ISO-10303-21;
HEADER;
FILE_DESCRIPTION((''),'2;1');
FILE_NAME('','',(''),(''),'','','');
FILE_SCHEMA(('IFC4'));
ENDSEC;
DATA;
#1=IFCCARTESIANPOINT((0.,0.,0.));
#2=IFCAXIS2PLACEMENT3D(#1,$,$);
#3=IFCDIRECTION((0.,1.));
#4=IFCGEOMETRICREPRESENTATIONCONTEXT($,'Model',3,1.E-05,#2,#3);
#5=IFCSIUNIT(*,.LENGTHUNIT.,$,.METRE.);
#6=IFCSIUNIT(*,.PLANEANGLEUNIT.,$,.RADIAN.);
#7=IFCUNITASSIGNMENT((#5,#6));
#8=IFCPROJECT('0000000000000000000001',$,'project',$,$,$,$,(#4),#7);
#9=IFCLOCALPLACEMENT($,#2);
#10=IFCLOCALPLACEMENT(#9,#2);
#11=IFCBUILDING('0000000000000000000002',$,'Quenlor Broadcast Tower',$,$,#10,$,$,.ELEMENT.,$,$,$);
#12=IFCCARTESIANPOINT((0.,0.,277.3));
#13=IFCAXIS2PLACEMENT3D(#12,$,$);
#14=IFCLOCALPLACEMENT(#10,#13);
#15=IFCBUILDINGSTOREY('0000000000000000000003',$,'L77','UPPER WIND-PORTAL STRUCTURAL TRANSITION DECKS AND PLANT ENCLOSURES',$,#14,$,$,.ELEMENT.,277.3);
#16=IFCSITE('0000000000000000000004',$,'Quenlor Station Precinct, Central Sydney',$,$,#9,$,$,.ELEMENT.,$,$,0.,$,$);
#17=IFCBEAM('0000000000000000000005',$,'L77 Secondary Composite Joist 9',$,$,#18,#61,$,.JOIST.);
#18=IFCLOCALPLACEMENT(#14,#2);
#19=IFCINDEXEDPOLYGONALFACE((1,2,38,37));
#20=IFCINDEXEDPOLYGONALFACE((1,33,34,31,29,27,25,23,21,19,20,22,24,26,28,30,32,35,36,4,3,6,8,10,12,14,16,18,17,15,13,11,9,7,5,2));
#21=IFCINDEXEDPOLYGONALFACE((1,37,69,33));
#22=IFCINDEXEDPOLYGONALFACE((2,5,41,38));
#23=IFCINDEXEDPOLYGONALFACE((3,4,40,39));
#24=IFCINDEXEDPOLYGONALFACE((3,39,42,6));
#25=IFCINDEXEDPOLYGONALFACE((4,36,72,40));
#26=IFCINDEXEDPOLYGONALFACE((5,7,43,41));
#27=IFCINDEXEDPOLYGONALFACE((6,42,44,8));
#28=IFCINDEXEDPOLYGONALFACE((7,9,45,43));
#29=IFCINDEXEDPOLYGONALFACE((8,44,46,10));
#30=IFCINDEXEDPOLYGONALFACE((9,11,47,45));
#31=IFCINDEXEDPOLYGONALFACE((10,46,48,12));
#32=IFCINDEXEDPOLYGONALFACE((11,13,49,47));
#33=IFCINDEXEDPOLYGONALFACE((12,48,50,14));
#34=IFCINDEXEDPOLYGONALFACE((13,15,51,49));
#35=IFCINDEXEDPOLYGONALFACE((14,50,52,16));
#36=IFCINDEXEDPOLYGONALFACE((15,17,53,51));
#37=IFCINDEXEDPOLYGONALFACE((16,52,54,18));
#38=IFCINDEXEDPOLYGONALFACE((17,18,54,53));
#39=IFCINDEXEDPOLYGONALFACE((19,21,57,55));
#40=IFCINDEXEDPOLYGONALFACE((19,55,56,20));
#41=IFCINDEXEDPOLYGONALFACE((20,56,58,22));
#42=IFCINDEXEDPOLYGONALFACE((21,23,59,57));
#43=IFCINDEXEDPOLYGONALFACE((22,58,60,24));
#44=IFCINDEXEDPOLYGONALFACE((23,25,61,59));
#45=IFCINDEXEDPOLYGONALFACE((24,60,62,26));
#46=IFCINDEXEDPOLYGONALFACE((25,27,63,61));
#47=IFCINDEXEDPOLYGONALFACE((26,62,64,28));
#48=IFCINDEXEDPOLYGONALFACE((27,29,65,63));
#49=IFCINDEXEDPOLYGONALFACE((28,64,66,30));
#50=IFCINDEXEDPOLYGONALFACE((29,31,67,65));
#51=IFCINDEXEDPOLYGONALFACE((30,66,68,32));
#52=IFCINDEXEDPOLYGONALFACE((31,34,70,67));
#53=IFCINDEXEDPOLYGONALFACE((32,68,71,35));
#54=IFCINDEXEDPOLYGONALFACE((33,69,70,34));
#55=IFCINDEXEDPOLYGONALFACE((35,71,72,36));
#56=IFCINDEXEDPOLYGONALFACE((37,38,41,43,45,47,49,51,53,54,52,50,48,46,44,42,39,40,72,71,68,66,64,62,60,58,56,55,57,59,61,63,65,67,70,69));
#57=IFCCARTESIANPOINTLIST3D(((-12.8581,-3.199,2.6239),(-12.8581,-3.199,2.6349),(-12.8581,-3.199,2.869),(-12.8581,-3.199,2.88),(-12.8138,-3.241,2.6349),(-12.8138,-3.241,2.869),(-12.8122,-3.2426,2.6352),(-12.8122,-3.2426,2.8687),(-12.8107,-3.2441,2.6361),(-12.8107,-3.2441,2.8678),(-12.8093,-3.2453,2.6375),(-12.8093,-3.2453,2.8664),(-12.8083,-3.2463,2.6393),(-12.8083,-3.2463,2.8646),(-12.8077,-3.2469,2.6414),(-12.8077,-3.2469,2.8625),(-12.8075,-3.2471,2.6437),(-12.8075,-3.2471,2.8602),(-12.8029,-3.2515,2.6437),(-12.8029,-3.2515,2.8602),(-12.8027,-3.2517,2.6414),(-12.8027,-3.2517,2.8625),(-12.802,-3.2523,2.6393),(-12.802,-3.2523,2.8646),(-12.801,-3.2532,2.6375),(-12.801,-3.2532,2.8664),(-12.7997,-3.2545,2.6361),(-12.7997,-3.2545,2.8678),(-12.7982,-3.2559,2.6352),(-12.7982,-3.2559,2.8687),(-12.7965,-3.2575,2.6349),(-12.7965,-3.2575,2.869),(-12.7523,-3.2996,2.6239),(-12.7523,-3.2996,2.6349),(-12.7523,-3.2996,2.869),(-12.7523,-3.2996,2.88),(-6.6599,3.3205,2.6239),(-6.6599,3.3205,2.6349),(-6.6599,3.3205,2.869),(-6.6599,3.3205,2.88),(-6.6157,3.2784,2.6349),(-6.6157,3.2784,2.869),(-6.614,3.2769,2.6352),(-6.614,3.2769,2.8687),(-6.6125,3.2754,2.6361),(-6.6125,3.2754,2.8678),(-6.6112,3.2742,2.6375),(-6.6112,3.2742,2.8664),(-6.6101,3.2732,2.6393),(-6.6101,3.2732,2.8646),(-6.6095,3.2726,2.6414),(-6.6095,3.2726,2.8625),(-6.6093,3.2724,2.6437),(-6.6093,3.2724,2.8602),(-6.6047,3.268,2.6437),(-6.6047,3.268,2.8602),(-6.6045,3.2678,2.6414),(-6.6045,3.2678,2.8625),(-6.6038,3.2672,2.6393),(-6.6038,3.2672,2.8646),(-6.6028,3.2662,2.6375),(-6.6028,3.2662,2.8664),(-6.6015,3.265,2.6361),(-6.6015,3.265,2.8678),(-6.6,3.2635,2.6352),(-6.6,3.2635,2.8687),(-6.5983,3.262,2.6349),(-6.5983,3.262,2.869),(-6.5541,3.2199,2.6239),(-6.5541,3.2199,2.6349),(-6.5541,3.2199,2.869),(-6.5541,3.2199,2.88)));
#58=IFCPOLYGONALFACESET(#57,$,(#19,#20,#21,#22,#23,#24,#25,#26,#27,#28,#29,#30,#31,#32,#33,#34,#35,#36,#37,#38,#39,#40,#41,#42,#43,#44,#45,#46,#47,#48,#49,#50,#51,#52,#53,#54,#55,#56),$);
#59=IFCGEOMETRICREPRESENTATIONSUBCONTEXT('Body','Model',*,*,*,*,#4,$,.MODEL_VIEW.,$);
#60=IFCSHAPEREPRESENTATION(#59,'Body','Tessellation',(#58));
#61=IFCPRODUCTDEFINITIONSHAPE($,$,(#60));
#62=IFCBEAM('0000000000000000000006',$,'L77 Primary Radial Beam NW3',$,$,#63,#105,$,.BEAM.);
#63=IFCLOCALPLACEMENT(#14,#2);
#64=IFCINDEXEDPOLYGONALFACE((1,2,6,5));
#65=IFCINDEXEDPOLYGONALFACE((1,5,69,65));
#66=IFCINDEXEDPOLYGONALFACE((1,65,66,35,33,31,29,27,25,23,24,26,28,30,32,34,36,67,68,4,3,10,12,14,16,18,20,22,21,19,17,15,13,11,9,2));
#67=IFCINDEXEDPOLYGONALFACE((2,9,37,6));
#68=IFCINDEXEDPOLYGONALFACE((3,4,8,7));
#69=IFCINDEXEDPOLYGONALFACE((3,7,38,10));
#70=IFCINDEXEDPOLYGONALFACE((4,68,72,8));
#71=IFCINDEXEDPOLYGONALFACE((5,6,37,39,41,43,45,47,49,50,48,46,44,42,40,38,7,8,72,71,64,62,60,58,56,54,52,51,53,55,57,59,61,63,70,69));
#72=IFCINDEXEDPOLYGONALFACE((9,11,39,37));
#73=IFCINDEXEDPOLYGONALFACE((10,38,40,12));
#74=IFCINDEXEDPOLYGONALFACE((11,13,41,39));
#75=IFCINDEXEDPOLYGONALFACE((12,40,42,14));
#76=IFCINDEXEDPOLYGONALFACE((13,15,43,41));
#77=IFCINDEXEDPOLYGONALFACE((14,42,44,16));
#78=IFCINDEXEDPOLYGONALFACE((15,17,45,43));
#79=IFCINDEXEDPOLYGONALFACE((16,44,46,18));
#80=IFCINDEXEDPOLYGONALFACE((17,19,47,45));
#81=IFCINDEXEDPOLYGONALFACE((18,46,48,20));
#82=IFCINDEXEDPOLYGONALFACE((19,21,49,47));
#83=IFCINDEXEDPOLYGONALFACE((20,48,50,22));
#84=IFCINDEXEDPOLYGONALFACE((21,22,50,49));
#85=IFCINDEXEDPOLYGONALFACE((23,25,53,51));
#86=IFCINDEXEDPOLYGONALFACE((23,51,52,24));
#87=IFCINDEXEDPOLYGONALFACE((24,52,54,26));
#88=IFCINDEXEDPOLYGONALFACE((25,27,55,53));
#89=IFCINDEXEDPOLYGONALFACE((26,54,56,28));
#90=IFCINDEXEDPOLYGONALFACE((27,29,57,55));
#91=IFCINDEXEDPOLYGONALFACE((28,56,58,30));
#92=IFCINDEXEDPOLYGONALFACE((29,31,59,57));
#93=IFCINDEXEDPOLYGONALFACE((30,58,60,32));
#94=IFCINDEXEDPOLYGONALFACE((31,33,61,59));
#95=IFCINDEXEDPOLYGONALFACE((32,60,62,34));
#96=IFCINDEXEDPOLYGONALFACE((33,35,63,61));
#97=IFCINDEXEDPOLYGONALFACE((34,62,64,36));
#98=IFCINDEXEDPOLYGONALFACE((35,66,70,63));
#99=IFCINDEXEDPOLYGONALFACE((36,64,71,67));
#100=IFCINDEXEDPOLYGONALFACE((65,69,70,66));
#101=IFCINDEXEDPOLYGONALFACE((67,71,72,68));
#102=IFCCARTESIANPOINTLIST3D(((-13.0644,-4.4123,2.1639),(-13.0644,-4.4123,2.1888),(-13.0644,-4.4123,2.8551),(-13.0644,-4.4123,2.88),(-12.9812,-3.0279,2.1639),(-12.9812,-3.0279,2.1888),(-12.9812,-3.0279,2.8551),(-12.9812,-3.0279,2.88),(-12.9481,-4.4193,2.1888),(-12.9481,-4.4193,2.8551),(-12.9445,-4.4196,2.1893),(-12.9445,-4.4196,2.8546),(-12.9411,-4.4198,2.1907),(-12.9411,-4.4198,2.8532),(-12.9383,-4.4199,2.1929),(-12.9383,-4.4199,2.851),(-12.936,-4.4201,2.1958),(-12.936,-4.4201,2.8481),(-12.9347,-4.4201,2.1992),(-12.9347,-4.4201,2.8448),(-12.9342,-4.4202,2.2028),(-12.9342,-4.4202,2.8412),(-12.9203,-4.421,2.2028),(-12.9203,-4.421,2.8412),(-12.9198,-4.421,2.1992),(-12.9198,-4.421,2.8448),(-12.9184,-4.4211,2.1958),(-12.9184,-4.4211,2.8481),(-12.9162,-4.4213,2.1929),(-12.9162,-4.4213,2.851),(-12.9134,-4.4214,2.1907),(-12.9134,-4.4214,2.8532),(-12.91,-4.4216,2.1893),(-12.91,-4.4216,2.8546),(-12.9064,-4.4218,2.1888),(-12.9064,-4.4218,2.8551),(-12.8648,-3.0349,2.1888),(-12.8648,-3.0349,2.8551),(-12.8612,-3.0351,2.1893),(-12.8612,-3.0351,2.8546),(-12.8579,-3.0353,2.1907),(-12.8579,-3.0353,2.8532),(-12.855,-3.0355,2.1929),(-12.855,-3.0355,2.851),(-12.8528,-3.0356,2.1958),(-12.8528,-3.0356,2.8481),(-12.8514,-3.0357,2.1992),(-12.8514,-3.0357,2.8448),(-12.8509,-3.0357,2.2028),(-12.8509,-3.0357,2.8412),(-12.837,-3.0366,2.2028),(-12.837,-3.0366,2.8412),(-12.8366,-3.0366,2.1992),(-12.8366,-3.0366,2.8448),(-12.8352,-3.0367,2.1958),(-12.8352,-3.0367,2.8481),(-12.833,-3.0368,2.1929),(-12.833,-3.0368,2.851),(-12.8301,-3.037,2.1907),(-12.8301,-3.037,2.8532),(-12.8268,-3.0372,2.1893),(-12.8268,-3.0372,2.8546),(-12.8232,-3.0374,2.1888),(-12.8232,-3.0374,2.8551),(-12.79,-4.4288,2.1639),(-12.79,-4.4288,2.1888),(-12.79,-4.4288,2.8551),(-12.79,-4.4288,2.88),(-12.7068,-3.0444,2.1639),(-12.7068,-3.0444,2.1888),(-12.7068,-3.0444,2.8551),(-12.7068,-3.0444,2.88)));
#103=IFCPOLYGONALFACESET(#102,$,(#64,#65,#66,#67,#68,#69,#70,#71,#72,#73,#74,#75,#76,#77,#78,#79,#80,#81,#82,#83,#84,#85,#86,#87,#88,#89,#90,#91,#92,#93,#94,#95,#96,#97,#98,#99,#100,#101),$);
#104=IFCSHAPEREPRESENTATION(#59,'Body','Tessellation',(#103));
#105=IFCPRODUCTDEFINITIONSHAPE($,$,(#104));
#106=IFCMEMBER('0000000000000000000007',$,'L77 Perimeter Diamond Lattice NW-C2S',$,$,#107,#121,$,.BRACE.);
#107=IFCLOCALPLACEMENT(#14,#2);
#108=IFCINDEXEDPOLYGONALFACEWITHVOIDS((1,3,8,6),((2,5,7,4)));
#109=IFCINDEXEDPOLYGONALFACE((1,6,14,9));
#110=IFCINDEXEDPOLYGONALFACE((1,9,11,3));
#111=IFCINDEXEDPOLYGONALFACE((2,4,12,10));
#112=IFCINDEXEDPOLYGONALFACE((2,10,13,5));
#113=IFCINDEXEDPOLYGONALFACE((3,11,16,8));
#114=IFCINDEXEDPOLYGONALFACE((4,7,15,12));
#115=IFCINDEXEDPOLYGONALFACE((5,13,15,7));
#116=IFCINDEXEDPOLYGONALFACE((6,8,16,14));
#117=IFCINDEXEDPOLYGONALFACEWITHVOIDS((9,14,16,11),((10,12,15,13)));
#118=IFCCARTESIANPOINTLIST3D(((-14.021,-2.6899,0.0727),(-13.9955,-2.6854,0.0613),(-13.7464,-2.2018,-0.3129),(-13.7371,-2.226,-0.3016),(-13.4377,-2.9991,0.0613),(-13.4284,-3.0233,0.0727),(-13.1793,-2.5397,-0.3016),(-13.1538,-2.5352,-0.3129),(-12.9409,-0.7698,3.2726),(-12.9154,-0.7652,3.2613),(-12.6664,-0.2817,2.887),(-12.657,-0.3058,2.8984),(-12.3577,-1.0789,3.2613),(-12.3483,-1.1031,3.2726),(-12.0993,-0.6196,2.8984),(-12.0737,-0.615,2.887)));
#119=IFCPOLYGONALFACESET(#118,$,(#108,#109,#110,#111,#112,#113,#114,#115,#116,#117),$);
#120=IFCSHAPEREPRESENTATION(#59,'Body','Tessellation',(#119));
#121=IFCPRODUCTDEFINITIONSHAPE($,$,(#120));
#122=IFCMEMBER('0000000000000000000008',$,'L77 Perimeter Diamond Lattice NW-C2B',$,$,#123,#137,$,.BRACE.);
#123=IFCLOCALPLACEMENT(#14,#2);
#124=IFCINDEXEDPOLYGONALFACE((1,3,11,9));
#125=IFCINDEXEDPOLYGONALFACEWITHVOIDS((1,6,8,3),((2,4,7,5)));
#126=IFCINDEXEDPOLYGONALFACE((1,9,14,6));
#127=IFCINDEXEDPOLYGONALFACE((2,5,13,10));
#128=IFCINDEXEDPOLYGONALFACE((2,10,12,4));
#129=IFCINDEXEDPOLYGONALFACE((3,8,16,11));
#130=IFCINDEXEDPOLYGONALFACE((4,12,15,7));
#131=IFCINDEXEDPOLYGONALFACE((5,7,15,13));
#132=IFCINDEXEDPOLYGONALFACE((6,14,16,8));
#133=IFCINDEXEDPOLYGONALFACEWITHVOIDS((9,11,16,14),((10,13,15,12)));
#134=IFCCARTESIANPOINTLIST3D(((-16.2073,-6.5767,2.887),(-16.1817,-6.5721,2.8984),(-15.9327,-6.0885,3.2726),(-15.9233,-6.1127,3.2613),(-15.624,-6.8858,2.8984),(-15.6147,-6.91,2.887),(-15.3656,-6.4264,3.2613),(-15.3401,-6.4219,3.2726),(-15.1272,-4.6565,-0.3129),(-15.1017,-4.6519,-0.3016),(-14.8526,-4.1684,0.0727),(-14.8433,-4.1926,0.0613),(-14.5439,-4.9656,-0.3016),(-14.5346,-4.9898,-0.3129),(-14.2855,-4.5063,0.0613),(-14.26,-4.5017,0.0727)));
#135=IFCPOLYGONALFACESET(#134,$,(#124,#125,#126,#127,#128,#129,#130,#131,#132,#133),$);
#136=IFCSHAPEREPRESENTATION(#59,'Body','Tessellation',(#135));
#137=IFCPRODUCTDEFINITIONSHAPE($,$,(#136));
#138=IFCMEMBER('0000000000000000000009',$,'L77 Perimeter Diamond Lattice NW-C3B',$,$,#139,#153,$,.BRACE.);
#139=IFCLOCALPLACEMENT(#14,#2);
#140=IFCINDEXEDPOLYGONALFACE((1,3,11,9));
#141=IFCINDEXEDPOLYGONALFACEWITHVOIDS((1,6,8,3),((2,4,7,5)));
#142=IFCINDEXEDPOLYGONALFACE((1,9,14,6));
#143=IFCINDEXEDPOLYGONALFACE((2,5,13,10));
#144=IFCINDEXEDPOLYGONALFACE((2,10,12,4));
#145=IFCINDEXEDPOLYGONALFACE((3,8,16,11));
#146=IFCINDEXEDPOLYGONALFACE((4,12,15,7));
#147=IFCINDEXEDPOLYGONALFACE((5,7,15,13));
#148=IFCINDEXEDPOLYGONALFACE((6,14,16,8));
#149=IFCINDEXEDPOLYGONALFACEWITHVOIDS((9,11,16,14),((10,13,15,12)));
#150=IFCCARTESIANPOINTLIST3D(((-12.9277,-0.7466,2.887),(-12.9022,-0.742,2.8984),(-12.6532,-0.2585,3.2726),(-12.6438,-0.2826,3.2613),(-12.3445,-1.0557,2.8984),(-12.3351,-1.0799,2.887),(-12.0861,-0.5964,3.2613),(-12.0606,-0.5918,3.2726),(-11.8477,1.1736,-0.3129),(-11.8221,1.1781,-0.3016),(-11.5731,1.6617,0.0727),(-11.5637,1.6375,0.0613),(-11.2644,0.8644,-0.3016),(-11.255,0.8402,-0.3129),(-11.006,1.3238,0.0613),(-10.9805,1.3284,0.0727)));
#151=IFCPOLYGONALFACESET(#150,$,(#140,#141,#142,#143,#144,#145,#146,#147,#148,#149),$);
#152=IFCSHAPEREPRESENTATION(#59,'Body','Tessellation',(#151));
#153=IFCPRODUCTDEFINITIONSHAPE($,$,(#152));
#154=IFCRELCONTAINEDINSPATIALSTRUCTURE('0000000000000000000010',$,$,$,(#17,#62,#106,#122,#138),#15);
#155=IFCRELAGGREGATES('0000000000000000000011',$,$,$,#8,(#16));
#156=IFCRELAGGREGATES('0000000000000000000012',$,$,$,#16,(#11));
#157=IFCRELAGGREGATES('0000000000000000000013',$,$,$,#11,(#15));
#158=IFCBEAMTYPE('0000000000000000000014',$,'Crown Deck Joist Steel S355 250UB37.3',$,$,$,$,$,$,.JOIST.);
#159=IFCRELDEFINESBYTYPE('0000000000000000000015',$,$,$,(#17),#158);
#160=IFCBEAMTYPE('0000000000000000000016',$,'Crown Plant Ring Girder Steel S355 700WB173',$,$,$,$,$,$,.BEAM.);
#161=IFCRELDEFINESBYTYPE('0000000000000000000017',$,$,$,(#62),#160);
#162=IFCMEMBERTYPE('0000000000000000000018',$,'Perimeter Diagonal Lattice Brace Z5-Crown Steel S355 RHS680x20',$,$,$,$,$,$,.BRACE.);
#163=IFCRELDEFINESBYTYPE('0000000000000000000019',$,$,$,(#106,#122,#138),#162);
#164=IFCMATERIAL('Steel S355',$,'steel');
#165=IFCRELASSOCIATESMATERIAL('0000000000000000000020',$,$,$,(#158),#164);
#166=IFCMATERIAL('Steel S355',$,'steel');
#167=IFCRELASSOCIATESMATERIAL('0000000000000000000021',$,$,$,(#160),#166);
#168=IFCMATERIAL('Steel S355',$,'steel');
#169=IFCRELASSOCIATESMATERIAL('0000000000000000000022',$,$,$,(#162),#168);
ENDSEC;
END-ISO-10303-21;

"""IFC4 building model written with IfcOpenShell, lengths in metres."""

from ifc_helpers import new_model, si_unit, direction, frame, origin, origin_2d, place, context, subcontext, project, spatial, hollow_rectangle, i_section, extrude, material, material_profile, profile_set, type_object, element, save


model = new_model("IFC4")

# Units and contexts
model_context = context("Model", 3, precision=1e-05, world=origin(), true_north=direction((0.0, 1.0)))
body_context = subcontext(model_context, "Body", "Model", "MODEL_VIEW")
ifc_project = project(units=[si_unit("LENGTHUNIT", "METRE"), si_unit("PLANEANGLEUNIT", "RADIAN")], contexts=[model_context])

# Site, building, storey
site_placement = place(None, origin())
site = spatial("IfcSite", under=ifc_project, at=site_placement, Name="Quenlor Station Precinct, Central Sydney", CompositionType="ELEMENT", RefElevation=0.0)
building_placement = place(site_placement, origin())
building = spatial("IfcBuilding", under=site, at=building_placement, Name="Quenlor Broadcast Tower", CompositionType="ELEMENT")
storey_placement = place(building_placement, frame((0.0, 0.0, 277.3)))
storey = spatial("IfcBuildingStorey", under=building, at=storey_placement, Name="L77", Description="UPPER WIND-PORTAL STRUCTURAL TRANSITION DECKS AND PLANT ENCLOSURES", CompositionType="ELEMENT", Elevation=277.3)

# Beams
ifc_material_1 = material(Name="Steel S355", Category="steel")
ifc_material_profile_1 = material_profile(ifc_material_1, i_section(OverallWidth=0.146, OverallDepth=0.2561, WebThickness=0.0063, FlangeThickness=0.011, FilletRadius=0.0088, at=origin_2d()))
ifc_profile_set_1 = profile_set([ifc_material_profile_1], Name="Steel S355 250UB37.3")
beam_type_1 = type_object("IfcBeamType", Name="Crown Deck Joist Steel S355 250UB37.3", PredefinedType="JOIST", material=ifc_profile_set_1)
beam_1_placement = place(storey_placement, frame((-12.8052, -3.2493, 2.752), z_axis=(0.689023, 0.724739, 0.0), x_axis=(-0.724739, 0.689023, 0.0)))
element("IfcBeam", 1, at=beam_1_placement, inside=storey, type_object=beam_type_1, Name="L77 Secondary Composite Joist 9", PredefinedType="JOIST", context=body_context, shape_type="SweptSolid", body=[
    extrude(i_section(OverallWidth=0.146, OverallDepth=0.2561, WebThickness=0.0063, FlangeThickness=0.011, FilletRadius=0.0088, at=origin_2d()), origin(), (0.0, 0.0, 1.0), 8.9956),
])
ifc_material_2 = material(Name="Steel S355", Category="steel")
ifc_material_profile_2 = material_profile(ifc_material_2, i_section(OverallWidth=0.2749, OverallDepth=0.7161, WebThickness=0.0139, FlangeThickness=0.0249, FilletRadius=0.0139, at=origin_2d()))
ifc_profile_set_2 = profile_set([ifc_material_profile_2], Name="Steel S355 700WB173")
beam_type_2 = type_object("IfcBeamType", Name="Crown Plant Ring Girder Steel S355 700WB173", PredefinedType="BEAM", material=ifc_profile_set_2)
beam_2_placement = place(storey_placement, frame((-12.844, -3.0361, 2.522), z_axis=(-0.060022, -0.998197, 0.0), x_axis=(0.998197, -0.060022, 0.0)))
element("IfcBeam", 2, at=beam_2_placement, inside=storey, type_object=beam_type_2, Name="L77 Primary Radial Beam NW3", PredefinedType="BEAM", context=body_context, shape_type="SweptSolid", body=[
    extrude(i_section(OverallWidth=0.2749, OverallDepth=0.7161, WebThickness=0.0139, FlangeThickness=0.0249, FilletRadius=0.0139, at=origin_2d()), origin(), (0.0, 0.0, 1.0), 1.387),
])

# Members
ifc_material_3 = material(Name="Steel S355", Category="steel")
ifc_material_profile_3 = material_profile(ifc_material_3, hollow_rectangle(XDim=0.6799, YDim=0.6799, WallThickness=0.02, at=origin_2d()))
ifc_profile_set_3 = profile_set([ifc_material_profile_3], Name="Steel S355 RHS680x680x20")
member_type_1 = type_object("IfcMemberType", Name="Perimeter Diagonal Lattice Brace Z5-Crown Steel S355 RHS680x20", PredefinedType="BRACE", material=ifc_profile_set_3)
for number, where, z_axis, x_axis, name in (
    (3, (-13.5874, -2.6125, -0.1201), (0.278012, 0.49425, 0.823666), (-0.871578, 0.490256, 0.0), "L77 Perimeter Diamond Lattice NW-C2S"),
    (4, (-14.6936, -4.5791, -0.1201), (-0.278012, -0.49425, 0.823666), (0.871578, -0.490256, 0.0), "L77 Perimeter Diamond Lattice NW-C2B"),
    (5, (-11.4141, 1.251, -0.1201), (-0.278012, -0.49425, 0.823666), (0.871578, -0.490256, 0.0), "L77 Perimeter Diamond Lattice NW-C3B"),
):
    element("IfcMember", number, at=place(storey_placement, frame(where, z_axis=z_axis, x_axis=x_axis)), inside=storey, type_object=member_type_1, Name=name, PredefinedType="BRACE", context=body_context, shape_type="SweptSolid", body=[
        extrude(hollow_rectangle(XDim=0.6799, YDim=0.6799, WallThickness=0.02, at=origin_2d()), origin(), (0.0, 0.0, 1.0), 3.885),
    ])

save(model, "model.ifc")
